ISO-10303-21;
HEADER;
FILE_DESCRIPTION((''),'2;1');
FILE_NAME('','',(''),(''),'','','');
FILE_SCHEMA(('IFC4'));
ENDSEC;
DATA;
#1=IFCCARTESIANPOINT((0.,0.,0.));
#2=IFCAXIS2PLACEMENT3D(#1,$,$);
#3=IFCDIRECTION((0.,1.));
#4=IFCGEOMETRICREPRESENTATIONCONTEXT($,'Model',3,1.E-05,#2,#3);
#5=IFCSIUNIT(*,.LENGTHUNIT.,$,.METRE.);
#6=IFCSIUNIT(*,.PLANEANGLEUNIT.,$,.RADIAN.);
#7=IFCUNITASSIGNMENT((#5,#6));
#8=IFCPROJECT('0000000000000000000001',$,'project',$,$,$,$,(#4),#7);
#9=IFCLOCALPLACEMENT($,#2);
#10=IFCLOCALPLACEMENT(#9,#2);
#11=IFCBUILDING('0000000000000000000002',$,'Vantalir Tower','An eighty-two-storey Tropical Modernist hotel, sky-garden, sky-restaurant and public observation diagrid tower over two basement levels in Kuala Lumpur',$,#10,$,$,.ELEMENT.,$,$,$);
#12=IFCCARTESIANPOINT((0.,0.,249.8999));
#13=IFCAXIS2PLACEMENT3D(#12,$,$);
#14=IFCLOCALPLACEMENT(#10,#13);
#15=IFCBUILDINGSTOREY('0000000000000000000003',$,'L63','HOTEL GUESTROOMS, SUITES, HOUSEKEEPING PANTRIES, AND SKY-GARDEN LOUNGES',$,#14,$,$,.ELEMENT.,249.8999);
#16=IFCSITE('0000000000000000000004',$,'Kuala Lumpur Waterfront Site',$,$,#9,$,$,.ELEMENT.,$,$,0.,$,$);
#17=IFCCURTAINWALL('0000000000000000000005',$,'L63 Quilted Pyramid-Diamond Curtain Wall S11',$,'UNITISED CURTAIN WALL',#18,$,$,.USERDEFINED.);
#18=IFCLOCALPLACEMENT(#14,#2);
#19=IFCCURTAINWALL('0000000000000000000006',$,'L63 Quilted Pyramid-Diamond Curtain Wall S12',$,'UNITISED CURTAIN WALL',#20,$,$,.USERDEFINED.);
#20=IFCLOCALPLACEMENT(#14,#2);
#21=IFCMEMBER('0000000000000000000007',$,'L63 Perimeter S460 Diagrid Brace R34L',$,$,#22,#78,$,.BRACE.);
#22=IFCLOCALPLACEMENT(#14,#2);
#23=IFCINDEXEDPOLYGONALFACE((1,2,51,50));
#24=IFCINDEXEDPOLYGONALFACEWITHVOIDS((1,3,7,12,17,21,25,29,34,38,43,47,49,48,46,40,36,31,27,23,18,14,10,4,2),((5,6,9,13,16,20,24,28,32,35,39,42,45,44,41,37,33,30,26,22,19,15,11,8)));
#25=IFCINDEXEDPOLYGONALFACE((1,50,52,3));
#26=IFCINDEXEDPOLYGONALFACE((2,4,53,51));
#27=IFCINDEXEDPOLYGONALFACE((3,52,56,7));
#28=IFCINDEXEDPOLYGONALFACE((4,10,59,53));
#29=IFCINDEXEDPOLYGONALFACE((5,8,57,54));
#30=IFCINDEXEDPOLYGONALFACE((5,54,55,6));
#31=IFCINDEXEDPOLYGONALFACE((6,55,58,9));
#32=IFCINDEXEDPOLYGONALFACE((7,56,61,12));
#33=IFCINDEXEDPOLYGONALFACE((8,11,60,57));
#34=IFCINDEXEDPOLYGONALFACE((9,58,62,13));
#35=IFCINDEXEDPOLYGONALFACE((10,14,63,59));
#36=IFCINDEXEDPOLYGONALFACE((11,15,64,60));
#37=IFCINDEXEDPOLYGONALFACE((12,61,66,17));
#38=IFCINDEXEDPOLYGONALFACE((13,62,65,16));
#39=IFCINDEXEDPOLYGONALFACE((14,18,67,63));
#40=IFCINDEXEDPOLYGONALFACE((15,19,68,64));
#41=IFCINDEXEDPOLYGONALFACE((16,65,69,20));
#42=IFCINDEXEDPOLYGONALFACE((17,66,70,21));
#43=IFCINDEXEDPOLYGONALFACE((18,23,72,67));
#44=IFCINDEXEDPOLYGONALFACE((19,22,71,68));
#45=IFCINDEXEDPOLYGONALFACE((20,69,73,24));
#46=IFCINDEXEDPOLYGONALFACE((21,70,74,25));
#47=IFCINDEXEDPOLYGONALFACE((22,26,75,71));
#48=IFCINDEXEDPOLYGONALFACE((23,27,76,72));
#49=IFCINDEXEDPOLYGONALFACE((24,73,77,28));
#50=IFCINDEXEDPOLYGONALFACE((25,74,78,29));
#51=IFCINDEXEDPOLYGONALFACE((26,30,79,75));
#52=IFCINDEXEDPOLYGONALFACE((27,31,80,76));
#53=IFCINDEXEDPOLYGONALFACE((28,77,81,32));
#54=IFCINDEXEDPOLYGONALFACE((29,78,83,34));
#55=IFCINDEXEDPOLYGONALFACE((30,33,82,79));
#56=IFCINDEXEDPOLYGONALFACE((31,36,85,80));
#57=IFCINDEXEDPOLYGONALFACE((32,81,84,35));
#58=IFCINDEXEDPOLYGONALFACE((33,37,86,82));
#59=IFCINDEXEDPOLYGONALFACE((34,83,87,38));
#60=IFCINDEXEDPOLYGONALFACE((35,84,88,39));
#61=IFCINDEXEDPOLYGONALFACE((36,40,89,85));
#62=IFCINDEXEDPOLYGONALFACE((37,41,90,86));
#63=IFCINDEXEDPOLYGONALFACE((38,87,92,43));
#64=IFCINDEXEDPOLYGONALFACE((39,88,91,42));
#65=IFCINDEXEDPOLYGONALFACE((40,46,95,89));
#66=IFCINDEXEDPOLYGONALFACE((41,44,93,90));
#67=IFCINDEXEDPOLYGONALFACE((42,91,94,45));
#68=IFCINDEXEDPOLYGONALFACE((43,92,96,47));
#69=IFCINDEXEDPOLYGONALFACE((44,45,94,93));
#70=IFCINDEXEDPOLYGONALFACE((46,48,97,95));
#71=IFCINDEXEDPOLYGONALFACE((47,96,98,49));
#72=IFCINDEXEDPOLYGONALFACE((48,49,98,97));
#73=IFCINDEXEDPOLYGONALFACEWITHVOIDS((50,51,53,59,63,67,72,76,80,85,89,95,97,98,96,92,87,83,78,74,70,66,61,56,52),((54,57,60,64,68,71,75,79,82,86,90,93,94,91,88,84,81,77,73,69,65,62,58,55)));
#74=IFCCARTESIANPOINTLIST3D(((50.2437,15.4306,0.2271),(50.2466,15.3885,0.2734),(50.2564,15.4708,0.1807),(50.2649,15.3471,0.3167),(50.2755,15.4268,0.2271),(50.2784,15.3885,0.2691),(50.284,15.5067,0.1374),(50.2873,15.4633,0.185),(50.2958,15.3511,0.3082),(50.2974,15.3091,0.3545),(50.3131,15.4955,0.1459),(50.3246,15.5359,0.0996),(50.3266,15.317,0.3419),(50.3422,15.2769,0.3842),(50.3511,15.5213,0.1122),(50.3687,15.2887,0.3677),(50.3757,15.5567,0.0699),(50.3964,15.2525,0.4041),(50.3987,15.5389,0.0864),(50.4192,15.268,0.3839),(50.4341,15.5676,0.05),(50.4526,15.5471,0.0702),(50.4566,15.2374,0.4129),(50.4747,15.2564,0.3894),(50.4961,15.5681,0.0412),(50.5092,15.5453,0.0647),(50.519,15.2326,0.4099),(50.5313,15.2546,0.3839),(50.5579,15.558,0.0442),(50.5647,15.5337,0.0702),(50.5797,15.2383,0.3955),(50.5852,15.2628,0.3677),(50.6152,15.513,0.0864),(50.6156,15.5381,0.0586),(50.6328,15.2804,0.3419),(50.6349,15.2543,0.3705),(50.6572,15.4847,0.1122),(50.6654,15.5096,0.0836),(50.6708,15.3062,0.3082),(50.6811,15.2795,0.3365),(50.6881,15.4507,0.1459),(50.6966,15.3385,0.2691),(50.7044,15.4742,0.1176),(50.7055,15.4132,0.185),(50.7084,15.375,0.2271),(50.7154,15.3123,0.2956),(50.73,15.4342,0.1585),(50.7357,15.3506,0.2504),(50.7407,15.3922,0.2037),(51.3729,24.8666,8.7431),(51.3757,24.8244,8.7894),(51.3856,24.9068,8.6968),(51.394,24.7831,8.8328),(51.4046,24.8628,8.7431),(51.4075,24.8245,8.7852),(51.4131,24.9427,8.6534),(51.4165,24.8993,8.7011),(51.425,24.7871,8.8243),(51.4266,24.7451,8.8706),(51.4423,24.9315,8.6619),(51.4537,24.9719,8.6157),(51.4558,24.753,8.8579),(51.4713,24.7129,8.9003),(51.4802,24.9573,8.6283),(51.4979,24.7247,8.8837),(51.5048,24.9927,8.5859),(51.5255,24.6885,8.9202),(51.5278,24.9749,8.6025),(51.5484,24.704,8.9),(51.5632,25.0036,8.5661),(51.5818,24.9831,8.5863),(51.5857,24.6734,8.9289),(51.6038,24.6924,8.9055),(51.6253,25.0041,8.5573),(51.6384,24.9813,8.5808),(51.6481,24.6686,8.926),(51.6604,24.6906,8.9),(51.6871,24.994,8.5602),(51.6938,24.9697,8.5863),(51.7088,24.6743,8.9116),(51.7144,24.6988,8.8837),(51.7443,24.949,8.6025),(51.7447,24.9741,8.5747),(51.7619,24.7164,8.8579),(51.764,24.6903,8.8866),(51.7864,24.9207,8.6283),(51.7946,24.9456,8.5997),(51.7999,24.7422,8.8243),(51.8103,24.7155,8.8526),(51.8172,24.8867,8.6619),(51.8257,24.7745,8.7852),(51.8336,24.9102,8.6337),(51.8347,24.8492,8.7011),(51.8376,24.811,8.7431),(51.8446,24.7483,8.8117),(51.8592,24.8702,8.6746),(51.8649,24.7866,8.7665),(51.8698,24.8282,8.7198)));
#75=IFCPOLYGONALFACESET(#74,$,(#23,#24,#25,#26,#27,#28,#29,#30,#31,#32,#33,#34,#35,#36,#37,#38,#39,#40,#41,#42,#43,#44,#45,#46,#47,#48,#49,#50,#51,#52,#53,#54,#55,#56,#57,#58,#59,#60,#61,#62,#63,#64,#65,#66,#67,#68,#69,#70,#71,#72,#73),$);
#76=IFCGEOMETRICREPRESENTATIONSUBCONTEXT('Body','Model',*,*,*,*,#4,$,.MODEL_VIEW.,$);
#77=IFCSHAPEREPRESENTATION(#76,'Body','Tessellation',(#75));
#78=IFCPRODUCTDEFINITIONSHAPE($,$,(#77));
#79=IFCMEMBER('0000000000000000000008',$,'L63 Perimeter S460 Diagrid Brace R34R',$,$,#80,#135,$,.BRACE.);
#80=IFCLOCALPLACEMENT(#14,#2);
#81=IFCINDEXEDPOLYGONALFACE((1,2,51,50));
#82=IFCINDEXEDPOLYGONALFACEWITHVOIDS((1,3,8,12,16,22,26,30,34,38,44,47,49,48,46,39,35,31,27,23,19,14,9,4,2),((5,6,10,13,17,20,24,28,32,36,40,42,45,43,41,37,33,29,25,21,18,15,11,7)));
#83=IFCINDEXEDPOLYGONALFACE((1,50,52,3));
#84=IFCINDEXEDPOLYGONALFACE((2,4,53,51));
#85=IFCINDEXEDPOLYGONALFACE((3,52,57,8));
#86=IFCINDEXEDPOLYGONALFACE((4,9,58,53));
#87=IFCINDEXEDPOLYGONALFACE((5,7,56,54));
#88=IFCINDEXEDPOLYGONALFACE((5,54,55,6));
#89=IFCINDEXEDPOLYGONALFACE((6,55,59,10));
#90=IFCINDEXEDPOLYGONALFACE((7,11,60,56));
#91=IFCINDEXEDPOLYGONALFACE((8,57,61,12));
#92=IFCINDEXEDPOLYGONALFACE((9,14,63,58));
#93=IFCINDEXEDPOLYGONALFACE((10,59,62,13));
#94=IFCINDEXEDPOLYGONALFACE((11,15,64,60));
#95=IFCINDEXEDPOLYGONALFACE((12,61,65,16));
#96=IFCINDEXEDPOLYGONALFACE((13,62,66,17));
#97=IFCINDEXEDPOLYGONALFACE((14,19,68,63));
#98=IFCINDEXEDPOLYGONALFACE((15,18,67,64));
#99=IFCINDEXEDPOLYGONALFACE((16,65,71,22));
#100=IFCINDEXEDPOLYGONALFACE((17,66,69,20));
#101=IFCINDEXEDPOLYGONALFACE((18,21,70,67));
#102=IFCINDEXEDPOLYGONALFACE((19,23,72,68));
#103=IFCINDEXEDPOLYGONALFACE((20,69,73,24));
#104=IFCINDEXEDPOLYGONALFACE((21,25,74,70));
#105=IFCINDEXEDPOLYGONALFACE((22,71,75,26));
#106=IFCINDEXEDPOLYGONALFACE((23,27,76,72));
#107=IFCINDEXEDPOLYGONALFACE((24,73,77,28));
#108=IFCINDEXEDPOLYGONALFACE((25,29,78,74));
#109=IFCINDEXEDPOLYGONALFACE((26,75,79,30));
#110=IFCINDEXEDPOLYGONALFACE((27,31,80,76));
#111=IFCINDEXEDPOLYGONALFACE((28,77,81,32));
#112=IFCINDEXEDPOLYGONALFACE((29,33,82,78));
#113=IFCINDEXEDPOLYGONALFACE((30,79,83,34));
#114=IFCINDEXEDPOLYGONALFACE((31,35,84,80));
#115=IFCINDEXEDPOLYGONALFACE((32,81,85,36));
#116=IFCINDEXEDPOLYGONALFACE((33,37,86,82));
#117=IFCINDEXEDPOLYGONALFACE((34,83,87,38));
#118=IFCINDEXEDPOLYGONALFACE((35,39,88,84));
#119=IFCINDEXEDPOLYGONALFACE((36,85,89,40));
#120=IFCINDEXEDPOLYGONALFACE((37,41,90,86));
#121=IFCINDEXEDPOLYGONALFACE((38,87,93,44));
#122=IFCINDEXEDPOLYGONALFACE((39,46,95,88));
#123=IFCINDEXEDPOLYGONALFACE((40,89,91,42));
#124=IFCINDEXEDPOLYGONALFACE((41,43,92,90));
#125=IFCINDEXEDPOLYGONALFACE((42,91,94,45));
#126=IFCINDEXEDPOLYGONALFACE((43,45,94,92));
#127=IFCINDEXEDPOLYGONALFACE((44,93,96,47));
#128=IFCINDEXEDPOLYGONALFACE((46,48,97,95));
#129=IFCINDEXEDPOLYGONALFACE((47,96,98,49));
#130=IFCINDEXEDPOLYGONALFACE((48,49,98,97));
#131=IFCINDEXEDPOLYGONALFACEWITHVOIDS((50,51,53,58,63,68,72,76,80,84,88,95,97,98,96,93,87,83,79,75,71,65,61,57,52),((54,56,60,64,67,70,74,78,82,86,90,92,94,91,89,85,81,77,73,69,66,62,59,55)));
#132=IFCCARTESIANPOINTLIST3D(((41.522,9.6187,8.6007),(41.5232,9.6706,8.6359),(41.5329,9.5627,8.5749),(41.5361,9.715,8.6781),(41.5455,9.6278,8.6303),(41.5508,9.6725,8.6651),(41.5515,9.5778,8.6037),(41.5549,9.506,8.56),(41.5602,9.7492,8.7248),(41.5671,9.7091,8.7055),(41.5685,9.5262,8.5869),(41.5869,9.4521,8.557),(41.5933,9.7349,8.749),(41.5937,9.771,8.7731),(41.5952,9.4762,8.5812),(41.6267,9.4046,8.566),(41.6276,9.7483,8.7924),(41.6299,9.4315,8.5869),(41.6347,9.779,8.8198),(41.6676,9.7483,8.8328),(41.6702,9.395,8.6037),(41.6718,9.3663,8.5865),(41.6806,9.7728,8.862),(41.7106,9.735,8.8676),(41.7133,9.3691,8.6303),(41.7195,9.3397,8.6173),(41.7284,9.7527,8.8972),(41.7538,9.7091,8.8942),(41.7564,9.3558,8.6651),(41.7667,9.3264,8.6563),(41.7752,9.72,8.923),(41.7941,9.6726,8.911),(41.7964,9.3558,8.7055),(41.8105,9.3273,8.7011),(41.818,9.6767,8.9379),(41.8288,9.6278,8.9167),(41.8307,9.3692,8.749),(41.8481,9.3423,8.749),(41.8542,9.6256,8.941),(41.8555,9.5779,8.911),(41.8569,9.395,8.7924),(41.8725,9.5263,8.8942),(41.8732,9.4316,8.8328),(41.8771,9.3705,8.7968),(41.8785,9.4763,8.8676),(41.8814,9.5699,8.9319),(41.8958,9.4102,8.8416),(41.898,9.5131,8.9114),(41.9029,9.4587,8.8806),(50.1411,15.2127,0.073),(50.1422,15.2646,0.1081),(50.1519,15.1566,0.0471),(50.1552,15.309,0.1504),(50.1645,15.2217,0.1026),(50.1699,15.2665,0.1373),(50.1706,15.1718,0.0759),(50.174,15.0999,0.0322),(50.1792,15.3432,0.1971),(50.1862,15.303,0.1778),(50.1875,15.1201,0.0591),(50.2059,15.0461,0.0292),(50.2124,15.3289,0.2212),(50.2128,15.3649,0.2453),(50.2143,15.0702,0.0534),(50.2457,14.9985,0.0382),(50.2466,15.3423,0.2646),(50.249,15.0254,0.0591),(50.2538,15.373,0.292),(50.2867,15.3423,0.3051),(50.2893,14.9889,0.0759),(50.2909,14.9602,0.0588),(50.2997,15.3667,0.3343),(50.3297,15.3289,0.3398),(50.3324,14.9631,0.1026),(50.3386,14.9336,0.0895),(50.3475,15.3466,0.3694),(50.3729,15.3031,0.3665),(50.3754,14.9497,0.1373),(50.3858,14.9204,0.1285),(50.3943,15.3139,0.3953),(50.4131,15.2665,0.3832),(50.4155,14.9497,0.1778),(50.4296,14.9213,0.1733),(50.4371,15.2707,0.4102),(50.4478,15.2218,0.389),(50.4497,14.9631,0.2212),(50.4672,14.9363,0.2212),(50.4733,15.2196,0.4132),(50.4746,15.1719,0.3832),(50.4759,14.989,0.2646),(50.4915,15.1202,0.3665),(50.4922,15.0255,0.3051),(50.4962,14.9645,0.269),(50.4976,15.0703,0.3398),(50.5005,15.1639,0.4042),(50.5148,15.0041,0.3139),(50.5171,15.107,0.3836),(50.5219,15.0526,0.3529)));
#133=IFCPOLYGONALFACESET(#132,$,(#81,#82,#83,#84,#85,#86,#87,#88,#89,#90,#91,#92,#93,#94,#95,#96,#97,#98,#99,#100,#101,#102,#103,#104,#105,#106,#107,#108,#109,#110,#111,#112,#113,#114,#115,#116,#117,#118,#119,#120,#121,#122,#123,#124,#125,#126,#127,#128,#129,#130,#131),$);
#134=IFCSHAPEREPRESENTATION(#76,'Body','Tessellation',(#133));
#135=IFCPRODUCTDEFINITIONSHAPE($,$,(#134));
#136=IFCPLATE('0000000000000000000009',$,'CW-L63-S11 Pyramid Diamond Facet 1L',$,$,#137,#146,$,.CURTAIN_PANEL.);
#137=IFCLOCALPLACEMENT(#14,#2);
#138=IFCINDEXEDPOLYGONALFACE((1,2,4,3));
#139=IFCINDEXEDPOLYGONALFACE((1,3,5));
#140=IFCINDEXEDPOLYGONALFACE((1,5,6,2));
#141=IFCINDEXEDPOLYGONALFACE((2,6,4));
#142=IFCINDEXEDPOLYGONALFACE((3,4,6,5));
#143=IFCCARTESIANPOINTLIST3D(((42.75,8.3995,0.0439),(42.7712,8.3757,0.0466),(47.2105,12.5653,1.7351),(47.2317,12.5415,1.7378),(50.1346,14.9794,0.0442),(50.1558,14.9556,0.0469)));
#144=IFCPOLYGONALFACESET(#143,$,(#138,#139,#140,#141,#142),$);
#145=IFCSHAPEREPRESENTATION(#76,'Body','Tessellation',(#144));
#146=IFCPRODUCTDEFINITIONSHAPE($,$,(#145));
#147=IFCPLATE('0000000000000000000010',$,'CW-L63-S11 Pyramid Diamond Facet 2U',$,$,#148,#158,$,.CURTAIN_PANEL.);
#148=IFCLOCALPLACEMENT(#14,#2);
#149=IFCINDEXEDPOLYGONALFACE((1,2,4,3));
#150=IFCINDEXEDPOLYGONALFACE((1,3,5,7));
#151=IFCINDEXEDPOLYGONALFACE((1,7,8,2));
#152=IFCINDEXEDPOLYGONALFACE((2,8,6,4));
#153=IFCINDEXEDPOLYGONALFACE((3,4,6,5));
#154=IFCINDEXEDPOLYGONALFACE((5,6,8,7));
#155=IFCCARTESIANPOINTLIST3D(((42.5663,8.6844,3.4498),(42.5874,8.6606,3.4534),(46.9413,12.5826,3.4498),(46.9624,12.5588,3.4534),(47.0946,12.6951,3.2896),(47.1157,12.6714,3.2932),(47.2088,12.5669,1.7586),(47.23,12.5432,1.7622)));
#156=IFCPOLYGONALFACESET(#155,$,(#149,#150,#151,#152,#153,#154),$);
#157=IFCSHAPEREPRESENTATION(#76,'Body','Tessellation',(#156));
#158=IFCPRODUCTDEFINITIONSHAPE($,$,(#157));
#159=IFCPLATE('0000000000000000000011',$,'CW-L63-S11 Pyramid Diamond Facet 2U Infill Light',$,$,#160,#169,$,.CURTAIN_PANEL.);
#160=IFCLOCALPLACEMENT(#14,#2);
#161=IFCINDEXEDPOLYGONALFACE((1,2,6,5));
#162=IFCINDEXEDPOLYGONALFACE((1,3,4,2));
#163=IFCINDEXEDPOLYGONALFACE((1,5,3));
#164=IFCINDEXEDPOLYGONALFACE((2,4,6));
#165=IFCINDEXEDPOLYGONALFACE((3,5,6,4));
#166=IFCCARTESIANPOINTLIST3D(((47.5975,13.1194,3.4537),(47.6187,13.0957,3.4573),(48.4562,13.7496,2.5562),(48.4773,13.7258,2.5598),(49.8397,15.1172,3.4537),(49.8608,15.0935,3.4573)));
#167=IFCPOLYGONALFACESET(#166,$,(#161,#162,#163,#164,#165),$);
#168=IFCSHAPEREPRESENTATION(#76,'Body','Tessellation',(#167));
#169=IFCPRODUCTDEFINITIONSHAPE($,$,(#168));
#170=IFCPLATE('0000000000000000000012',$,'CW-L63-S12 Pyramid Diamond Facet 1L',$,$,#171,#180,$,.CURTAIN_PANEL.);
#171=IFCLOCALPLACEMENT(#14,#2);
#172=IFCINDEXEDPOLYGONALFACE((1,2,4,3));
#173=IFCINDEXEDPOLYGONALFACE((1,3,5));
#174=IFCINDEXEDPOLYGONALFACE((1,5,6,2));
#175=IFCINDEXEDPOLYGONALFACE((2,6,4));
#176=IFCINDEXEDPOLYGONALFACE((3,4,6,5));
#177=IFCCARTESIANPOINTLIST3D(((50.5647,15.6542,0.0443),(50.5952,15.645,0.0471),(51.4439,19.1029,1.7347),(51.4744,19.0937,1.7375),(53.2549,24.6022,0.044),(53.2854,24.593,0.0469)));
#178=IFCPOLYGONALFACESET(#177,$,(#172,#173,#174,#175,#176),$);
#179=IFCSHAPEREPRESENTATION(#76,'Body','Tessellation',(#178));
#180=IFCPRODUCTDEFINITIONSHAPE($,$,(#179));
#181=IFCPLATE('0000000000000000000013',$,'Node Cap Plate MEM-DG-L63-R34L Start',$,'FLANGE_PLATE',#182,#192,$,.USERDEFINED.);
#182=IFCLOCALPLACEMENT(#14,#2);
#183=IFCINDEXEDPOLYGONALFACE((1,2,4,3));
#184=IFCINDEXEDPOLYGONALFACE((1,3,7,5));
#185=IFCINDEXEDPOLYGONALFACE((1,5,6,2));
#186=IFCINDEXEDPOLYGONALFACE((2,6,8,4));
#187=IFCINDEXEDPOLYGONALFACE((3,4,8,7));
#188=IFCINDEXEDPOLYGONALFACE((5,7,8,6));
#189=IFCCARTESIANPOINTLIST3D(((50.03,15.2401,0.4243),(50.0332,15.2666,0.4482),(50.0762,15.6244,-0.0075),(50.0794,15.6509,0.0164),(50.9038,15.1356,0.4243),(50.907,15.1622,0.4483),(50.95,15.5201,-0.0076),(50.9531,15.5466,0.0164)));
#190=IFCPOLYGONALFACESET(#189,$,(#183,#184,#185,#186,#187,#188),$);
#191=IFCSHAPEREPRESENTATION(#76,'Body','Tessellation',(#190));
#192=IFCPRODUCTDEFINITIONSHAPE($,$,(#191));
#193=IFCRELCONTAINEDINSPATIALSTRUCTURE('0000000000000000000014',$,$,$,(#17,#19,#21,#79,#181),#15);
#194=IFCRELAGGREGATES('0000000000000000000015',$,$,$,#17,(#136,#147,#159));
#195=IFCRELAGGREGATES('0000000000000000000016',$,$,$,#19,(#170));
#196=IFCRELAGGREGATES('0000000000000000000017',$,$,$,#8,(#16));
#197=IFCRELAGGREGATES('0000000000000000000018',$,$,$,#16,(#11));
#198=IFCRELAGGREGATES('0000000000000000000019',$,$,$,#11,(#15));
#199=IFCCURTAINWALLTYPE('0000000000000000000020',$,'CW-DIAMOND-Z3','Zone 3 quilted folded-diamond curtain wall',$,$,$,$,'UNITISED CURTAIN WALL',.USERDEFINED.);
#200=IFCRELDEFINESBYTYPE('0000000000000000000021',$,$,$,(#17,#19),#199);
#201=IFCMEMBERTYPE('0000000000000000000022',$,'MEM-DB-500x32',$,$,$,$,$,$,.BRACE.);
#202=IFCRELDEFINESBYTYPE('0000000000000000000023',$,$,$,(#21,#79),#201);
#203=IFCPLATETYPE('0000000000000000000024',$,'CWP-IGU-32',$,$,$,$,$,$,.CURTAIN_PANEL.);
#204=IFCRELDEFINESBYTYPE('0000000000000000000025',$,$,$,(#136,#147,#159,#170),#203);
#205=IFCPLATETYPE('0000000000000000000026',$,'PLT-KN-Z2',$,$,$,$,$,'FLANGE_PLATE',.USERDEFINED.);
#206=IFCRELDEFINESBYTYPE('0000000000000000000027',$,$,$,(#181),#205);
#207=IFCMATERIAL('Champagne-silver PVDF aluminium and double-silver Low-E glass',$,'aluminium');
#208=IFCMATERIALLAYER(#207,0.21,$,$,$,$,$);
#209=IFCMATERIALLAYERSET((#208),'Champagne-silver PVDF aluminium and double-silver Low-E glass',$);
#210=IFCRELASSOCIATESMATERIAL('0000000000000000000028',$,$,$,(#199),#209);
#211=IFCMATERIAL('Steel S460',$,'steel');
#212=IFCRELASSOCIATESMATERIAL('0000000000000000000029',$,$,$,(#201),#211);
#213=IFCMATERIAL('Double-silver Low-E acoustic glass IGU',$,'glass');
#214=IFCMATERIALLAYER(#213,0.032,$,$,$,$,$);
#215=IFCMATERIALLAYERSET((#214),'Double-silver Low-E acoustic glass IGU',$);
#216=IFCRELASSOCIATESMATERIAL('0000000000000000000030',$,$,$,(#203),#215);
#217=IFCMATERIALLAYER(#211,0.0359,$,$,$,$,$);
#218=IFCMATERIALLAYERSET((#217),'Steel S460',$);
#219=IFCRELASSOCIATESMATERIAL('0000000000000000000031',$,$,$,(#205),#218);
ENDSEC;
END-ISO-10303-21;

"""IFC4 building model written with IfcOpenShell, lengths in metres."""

from ifc_helpers import new_model, si_unit, direction, frame, origin, origin_2d, place, context, subcontext, project, spatial, polyline, hollow_circle, outline, extrude, material, layer, layer_set, material_profile, profile_set, type_object, element, aggregate, save


model = new_model("IFC4")

# Units and contexts
model_context = context("Model", 3, precision=1e-05, world=origin(), true_north=direction((0.0, 1.0)))
body_context = subcontext(model_context, "Body", "Model", "MODEL_VIEW")
ifc_project = project(units=[si_unit("LENGTHUNIT", "METRE"), si_unit("PLANEANGLEUNIT", "RADIAN")], contexts=[model_context])

# Site, building, storey
site_placement = place(None, origin())
site = spatial("IfcSite", under=ifc_project, at=site_placement, Name="Kuala Lumpur Waterfront Site", CompositionType="ELEMENT", RefElevation=0.0)
building_placement = place(site_placement, origin())
building = spatial("IfcBuilding", under=site, at=building_placement, Name="Vantalir Tower", Description="An eighty-two-storey Tropical Modernist hotel, sky-garden, sky-restaurant and public observation diagrid tower over two basement levels in Kuala Lumpur", CompositionType="ELEMENT")
storey_placement = place(building_placement, frame((0.0, 0.0, 249.8999)))
storey = spatial("IfcBuildingStorey", under=building, at=storey_placement, Name="L63", Description="HOTEL GUESTROOMS, SUITES, HOUSEKEEPING PANTRIES, AND SKY-GARDEN LOUNGES", CompositionType="ELEMENT", Elevation=249.8999)

# Shared definitions
ifc_material_1 = material(Name="Steel S460", Category="steel")

# Shared definitions
ifc_material_2 = material(Name="Champagne-silver PVDF aluminium and double-silver Low-E glass", Category="aluminium")
ifc_layer_1 = layer(ifc_material_2, 0.21)
ifc_layer_set_1 = layer_set([ifc_layer_1], Name="Champagne-silver PVDF aluminium and double-silver Low-E glass")
curtain_wall_type = type_object("IfcCurtainWallType", Name="CW-DIAMOND-Z3", Description="Zone 3 quilted folded-diamond curtain wall", ElementType="UNITISED CURTAIN WALL", PredefinedType="USERDEFINED", material=ifc_layer_set_1)

# Curtain wall
curtain_wall_1_placement = place(storey_placement, origin())
curtain_wall_1 = element("IfcCurtainWall", 1, at=curtain_wall_1_placement, inside=storey, type_object=curtain_wall_type, Name="L63 Quilted Pyramid-Diamond Curtain Wall S11", ObjectType="UNITISED CURTAIN WALL", PredefinedType="USERDEFINED")

# Curtain wall
curtain_wall_2_placement = place(storey_placement, origin())
curtain_wall_2 = element("IfcCurtainWall", 2, at=curtain_wall_2_placement, inside=storey, type_object=curtain_wall_type, Name="L63 Quilted Pyramid-Diamond Curtain Wall S12", ObjectType="UNITISED CURTAIN WALL", PredefinedType="USERDEFINED")

# Members
ifc_material_profile_1 = material_profile(ifc_material_1, hollow_circle(Radius=0.25, WallThickness=0.032, at=origin_2d()), Name="Steel S460")
ifc_profile_set_1 = profile_set([ifc_material_profile_1], Name="Steel S460")
member_type_1 = type_object("IfcMemberType", Name="MEM-DB-500x32", PredefinedType="BRACE", material=ifc_profile_set_1)
member_1_placement = place(storey_placement, frame((50.4919, 15.4009, 0.2271), z_axis=(0.088486, 0.739455, 0.667365), x_axis=(-0.992916, 0.118816, 0.0)))
element("IfcMember", 3, at=member_1_placement, inside=storey, type_object=member_type_1, Name="L63 Perimeter S460 Diagrid Brace R34L", PredefinedType="BRACE", context=body_context, shape_type="SweptSolid", body=[
    extrude(hollow_circle(Radius=0.25, WallThickness=0.032, at=origin_2d()), origin(), (0.0, 0.0, 1.0), 12.7607),
])
member_2_placement = place(storey_placement, frame((50.3311, 15.146, 0.2212), z_axis=(-0.645477, -0.418927, 0.638639), x_axis=(0.54441, -0.838819, 0.0)))
element("IfcMember", 4, at=member_2_placement, inside=storey, type_object=member_type_1, Name="L63 Perimeter S460 Diagrid Brace R34R", PredefinedType="BRACE", context=body_context, shape_type="SweptSolid", body=[
    extrude(hollow_circle(Radius=0.25, WallThickness=0.032, at=origin_2d()), origin(), (0.0, 0.0, 1.0), 13.353),
])

# Plates
ifc_material_3 = material(Name="Double-silver Low-E acoustic glass IGU", Category="glass")
ifc_layer_2 = layer(ifc_material_3, 0.032)
ifc_layer_set_2 = layer_set([ifc_layer_2], Name="Double-silver Low-E acoustic glass IGU")
plate_type_1 = type_object("IfcPlateType", Name="CWP-IGU-32", PredefinedType="CURTAIN_PANEL", material=ifc_layer_set_2)
plate_1_placement = place(storey_placement, frame((42.7712, 8.3757, 0.0466), z_axis=(0.662893, -0.743965, 0.084196), x_axis=(0.746615, 0.665257, 0.000025)))
plate_1 = element("IfcPlate", 5, at=plate_1_placement, type_object=plate_type_1, Name="CW-L63-S11 Pyramid Diamond Facet 1L", PredefinedType="CURTAIN_PANEL", context=body_context, shape_type="SweptSolid", body=[
    extrude(outline(polyline([(0.0, 0.0), (9.8907, 0.0), (6.1016, 1.697), (0.0, 0.0)])), origin(), (0.0, 0.0, -1.0), 0.032),
])
plate_2_placement = place(storey_placement, frame((42.5874, 8.6606, 3.4534), z_axis=(0.661105, -0.741969, 0.111456), x_axis=(0.746621, 0.66525, 0.0)))
plate_2 = element("IfcPlate", 6, at=plate_2_placement, type_object=plate_type_1, Name="CW-L63-S11 Pyramid Diamond Facet 2U", PredefinedType="CURTAIN_PANEL", context=body_context, shape_type="SweptSolid", body=[
    extrude(outline(polyline([(0.0, 0.0), (5.8597, 0.0), (6.0491, -0.1612), (6.0491, -1.7018), (0.0, 0.0)])), origin(), (0.0, 0.0, -1.0), 0.032),
])
plate_3_placement = place(storey_placement, frame((47.6187, 13.0957, 3.4573), z_axis=(0.661094, -0.741964, 0.111551), x_axis=(0.746624, 0.665246, 0.0)))
plate_3 = element("IfcPlate", 7, at=plate_3_placement, type_object=plate_type_1, Name="CW-L63-S11 Pyramid Diamond Facet 2U Infill Light", PredefinedType="CURTAIN_PANEL", context=body_context, shape_type="SweptSolid", body=[
    extrude(outline(polyline([(0.0, 0.0), (3.0031, 0.0), (1.0603, -0.9031), (0.0, 0.0)])), origin(), (0.0, 0.0, -1.0), 0.032),
])
aggregate(curtain_wall_1, [plate_1, plate_2, plate_3])
plate_4_placement = place(storey_placement, frame((50.5952, 15.645, 0.0471), z_axis=(0.953858, -0.286772, 0.08898), x_axis=(0.287916, 0.957656, -0.000026)))
plate_4 = element("IfcPlate", 8, at=plate_4_placement, type_object=plate_type_1, Name="CW-L63-S12 Pyramid Diamond Facet 1L", PredefinedType="CURTAIN_PANEL", context=body_context, shape_type="SweptSolid", body=[
    extrude(outline(polyline([(0.0, 0.0), (9.3436, 0.0), (3.5558, 1.6973), (0.0, 0.0)])), origin(), (0.0, 0.0, -1.0), 0.032),
])
aggregate(curtain_wall_2, [plate_4])

# Plate
ifc_layer_3 = layer(ifc_material_1, 0.0359)
ifc_layer_set_3 = layer_set([ifc_layer_3], Name="Steel S460")
plate_type_2 = type_object("IfcPlateType", Name="PLT-KN-Z2", ElementType="FLANGE_PLATE", PredefinedType="USERDEFINED", material=ifc_layer_set_3)
plate_5_placement = place(storey_placement, frame((50.9531, 15.5466, 0.0164), z_axis=(0.088314, 0.739355, 0.667499), x_axis=(-0.992949, 0.118543, 0.000068)))
element("IfcPlate", 9, at=plate_5_placement, inside=storey, type_object=plate_type_2, Name="Node Cap Plate MEM-DG-L63-R34L Start", ObjectType="FLANGE_PLATE", PredefinedType="USERDEFINED", context=body_context, shape_type="SweptSolid", body=[
    extrude(outline(polyline([(0.0, 0.0), (0.88, 0.0), (0.8803, 0.5799), (0.0003, 0.5801), (0.0, 0.0)])), origin(), (0.0, 0.0, -1.0), 0.0359),
])

save(model, "model.ifc")
